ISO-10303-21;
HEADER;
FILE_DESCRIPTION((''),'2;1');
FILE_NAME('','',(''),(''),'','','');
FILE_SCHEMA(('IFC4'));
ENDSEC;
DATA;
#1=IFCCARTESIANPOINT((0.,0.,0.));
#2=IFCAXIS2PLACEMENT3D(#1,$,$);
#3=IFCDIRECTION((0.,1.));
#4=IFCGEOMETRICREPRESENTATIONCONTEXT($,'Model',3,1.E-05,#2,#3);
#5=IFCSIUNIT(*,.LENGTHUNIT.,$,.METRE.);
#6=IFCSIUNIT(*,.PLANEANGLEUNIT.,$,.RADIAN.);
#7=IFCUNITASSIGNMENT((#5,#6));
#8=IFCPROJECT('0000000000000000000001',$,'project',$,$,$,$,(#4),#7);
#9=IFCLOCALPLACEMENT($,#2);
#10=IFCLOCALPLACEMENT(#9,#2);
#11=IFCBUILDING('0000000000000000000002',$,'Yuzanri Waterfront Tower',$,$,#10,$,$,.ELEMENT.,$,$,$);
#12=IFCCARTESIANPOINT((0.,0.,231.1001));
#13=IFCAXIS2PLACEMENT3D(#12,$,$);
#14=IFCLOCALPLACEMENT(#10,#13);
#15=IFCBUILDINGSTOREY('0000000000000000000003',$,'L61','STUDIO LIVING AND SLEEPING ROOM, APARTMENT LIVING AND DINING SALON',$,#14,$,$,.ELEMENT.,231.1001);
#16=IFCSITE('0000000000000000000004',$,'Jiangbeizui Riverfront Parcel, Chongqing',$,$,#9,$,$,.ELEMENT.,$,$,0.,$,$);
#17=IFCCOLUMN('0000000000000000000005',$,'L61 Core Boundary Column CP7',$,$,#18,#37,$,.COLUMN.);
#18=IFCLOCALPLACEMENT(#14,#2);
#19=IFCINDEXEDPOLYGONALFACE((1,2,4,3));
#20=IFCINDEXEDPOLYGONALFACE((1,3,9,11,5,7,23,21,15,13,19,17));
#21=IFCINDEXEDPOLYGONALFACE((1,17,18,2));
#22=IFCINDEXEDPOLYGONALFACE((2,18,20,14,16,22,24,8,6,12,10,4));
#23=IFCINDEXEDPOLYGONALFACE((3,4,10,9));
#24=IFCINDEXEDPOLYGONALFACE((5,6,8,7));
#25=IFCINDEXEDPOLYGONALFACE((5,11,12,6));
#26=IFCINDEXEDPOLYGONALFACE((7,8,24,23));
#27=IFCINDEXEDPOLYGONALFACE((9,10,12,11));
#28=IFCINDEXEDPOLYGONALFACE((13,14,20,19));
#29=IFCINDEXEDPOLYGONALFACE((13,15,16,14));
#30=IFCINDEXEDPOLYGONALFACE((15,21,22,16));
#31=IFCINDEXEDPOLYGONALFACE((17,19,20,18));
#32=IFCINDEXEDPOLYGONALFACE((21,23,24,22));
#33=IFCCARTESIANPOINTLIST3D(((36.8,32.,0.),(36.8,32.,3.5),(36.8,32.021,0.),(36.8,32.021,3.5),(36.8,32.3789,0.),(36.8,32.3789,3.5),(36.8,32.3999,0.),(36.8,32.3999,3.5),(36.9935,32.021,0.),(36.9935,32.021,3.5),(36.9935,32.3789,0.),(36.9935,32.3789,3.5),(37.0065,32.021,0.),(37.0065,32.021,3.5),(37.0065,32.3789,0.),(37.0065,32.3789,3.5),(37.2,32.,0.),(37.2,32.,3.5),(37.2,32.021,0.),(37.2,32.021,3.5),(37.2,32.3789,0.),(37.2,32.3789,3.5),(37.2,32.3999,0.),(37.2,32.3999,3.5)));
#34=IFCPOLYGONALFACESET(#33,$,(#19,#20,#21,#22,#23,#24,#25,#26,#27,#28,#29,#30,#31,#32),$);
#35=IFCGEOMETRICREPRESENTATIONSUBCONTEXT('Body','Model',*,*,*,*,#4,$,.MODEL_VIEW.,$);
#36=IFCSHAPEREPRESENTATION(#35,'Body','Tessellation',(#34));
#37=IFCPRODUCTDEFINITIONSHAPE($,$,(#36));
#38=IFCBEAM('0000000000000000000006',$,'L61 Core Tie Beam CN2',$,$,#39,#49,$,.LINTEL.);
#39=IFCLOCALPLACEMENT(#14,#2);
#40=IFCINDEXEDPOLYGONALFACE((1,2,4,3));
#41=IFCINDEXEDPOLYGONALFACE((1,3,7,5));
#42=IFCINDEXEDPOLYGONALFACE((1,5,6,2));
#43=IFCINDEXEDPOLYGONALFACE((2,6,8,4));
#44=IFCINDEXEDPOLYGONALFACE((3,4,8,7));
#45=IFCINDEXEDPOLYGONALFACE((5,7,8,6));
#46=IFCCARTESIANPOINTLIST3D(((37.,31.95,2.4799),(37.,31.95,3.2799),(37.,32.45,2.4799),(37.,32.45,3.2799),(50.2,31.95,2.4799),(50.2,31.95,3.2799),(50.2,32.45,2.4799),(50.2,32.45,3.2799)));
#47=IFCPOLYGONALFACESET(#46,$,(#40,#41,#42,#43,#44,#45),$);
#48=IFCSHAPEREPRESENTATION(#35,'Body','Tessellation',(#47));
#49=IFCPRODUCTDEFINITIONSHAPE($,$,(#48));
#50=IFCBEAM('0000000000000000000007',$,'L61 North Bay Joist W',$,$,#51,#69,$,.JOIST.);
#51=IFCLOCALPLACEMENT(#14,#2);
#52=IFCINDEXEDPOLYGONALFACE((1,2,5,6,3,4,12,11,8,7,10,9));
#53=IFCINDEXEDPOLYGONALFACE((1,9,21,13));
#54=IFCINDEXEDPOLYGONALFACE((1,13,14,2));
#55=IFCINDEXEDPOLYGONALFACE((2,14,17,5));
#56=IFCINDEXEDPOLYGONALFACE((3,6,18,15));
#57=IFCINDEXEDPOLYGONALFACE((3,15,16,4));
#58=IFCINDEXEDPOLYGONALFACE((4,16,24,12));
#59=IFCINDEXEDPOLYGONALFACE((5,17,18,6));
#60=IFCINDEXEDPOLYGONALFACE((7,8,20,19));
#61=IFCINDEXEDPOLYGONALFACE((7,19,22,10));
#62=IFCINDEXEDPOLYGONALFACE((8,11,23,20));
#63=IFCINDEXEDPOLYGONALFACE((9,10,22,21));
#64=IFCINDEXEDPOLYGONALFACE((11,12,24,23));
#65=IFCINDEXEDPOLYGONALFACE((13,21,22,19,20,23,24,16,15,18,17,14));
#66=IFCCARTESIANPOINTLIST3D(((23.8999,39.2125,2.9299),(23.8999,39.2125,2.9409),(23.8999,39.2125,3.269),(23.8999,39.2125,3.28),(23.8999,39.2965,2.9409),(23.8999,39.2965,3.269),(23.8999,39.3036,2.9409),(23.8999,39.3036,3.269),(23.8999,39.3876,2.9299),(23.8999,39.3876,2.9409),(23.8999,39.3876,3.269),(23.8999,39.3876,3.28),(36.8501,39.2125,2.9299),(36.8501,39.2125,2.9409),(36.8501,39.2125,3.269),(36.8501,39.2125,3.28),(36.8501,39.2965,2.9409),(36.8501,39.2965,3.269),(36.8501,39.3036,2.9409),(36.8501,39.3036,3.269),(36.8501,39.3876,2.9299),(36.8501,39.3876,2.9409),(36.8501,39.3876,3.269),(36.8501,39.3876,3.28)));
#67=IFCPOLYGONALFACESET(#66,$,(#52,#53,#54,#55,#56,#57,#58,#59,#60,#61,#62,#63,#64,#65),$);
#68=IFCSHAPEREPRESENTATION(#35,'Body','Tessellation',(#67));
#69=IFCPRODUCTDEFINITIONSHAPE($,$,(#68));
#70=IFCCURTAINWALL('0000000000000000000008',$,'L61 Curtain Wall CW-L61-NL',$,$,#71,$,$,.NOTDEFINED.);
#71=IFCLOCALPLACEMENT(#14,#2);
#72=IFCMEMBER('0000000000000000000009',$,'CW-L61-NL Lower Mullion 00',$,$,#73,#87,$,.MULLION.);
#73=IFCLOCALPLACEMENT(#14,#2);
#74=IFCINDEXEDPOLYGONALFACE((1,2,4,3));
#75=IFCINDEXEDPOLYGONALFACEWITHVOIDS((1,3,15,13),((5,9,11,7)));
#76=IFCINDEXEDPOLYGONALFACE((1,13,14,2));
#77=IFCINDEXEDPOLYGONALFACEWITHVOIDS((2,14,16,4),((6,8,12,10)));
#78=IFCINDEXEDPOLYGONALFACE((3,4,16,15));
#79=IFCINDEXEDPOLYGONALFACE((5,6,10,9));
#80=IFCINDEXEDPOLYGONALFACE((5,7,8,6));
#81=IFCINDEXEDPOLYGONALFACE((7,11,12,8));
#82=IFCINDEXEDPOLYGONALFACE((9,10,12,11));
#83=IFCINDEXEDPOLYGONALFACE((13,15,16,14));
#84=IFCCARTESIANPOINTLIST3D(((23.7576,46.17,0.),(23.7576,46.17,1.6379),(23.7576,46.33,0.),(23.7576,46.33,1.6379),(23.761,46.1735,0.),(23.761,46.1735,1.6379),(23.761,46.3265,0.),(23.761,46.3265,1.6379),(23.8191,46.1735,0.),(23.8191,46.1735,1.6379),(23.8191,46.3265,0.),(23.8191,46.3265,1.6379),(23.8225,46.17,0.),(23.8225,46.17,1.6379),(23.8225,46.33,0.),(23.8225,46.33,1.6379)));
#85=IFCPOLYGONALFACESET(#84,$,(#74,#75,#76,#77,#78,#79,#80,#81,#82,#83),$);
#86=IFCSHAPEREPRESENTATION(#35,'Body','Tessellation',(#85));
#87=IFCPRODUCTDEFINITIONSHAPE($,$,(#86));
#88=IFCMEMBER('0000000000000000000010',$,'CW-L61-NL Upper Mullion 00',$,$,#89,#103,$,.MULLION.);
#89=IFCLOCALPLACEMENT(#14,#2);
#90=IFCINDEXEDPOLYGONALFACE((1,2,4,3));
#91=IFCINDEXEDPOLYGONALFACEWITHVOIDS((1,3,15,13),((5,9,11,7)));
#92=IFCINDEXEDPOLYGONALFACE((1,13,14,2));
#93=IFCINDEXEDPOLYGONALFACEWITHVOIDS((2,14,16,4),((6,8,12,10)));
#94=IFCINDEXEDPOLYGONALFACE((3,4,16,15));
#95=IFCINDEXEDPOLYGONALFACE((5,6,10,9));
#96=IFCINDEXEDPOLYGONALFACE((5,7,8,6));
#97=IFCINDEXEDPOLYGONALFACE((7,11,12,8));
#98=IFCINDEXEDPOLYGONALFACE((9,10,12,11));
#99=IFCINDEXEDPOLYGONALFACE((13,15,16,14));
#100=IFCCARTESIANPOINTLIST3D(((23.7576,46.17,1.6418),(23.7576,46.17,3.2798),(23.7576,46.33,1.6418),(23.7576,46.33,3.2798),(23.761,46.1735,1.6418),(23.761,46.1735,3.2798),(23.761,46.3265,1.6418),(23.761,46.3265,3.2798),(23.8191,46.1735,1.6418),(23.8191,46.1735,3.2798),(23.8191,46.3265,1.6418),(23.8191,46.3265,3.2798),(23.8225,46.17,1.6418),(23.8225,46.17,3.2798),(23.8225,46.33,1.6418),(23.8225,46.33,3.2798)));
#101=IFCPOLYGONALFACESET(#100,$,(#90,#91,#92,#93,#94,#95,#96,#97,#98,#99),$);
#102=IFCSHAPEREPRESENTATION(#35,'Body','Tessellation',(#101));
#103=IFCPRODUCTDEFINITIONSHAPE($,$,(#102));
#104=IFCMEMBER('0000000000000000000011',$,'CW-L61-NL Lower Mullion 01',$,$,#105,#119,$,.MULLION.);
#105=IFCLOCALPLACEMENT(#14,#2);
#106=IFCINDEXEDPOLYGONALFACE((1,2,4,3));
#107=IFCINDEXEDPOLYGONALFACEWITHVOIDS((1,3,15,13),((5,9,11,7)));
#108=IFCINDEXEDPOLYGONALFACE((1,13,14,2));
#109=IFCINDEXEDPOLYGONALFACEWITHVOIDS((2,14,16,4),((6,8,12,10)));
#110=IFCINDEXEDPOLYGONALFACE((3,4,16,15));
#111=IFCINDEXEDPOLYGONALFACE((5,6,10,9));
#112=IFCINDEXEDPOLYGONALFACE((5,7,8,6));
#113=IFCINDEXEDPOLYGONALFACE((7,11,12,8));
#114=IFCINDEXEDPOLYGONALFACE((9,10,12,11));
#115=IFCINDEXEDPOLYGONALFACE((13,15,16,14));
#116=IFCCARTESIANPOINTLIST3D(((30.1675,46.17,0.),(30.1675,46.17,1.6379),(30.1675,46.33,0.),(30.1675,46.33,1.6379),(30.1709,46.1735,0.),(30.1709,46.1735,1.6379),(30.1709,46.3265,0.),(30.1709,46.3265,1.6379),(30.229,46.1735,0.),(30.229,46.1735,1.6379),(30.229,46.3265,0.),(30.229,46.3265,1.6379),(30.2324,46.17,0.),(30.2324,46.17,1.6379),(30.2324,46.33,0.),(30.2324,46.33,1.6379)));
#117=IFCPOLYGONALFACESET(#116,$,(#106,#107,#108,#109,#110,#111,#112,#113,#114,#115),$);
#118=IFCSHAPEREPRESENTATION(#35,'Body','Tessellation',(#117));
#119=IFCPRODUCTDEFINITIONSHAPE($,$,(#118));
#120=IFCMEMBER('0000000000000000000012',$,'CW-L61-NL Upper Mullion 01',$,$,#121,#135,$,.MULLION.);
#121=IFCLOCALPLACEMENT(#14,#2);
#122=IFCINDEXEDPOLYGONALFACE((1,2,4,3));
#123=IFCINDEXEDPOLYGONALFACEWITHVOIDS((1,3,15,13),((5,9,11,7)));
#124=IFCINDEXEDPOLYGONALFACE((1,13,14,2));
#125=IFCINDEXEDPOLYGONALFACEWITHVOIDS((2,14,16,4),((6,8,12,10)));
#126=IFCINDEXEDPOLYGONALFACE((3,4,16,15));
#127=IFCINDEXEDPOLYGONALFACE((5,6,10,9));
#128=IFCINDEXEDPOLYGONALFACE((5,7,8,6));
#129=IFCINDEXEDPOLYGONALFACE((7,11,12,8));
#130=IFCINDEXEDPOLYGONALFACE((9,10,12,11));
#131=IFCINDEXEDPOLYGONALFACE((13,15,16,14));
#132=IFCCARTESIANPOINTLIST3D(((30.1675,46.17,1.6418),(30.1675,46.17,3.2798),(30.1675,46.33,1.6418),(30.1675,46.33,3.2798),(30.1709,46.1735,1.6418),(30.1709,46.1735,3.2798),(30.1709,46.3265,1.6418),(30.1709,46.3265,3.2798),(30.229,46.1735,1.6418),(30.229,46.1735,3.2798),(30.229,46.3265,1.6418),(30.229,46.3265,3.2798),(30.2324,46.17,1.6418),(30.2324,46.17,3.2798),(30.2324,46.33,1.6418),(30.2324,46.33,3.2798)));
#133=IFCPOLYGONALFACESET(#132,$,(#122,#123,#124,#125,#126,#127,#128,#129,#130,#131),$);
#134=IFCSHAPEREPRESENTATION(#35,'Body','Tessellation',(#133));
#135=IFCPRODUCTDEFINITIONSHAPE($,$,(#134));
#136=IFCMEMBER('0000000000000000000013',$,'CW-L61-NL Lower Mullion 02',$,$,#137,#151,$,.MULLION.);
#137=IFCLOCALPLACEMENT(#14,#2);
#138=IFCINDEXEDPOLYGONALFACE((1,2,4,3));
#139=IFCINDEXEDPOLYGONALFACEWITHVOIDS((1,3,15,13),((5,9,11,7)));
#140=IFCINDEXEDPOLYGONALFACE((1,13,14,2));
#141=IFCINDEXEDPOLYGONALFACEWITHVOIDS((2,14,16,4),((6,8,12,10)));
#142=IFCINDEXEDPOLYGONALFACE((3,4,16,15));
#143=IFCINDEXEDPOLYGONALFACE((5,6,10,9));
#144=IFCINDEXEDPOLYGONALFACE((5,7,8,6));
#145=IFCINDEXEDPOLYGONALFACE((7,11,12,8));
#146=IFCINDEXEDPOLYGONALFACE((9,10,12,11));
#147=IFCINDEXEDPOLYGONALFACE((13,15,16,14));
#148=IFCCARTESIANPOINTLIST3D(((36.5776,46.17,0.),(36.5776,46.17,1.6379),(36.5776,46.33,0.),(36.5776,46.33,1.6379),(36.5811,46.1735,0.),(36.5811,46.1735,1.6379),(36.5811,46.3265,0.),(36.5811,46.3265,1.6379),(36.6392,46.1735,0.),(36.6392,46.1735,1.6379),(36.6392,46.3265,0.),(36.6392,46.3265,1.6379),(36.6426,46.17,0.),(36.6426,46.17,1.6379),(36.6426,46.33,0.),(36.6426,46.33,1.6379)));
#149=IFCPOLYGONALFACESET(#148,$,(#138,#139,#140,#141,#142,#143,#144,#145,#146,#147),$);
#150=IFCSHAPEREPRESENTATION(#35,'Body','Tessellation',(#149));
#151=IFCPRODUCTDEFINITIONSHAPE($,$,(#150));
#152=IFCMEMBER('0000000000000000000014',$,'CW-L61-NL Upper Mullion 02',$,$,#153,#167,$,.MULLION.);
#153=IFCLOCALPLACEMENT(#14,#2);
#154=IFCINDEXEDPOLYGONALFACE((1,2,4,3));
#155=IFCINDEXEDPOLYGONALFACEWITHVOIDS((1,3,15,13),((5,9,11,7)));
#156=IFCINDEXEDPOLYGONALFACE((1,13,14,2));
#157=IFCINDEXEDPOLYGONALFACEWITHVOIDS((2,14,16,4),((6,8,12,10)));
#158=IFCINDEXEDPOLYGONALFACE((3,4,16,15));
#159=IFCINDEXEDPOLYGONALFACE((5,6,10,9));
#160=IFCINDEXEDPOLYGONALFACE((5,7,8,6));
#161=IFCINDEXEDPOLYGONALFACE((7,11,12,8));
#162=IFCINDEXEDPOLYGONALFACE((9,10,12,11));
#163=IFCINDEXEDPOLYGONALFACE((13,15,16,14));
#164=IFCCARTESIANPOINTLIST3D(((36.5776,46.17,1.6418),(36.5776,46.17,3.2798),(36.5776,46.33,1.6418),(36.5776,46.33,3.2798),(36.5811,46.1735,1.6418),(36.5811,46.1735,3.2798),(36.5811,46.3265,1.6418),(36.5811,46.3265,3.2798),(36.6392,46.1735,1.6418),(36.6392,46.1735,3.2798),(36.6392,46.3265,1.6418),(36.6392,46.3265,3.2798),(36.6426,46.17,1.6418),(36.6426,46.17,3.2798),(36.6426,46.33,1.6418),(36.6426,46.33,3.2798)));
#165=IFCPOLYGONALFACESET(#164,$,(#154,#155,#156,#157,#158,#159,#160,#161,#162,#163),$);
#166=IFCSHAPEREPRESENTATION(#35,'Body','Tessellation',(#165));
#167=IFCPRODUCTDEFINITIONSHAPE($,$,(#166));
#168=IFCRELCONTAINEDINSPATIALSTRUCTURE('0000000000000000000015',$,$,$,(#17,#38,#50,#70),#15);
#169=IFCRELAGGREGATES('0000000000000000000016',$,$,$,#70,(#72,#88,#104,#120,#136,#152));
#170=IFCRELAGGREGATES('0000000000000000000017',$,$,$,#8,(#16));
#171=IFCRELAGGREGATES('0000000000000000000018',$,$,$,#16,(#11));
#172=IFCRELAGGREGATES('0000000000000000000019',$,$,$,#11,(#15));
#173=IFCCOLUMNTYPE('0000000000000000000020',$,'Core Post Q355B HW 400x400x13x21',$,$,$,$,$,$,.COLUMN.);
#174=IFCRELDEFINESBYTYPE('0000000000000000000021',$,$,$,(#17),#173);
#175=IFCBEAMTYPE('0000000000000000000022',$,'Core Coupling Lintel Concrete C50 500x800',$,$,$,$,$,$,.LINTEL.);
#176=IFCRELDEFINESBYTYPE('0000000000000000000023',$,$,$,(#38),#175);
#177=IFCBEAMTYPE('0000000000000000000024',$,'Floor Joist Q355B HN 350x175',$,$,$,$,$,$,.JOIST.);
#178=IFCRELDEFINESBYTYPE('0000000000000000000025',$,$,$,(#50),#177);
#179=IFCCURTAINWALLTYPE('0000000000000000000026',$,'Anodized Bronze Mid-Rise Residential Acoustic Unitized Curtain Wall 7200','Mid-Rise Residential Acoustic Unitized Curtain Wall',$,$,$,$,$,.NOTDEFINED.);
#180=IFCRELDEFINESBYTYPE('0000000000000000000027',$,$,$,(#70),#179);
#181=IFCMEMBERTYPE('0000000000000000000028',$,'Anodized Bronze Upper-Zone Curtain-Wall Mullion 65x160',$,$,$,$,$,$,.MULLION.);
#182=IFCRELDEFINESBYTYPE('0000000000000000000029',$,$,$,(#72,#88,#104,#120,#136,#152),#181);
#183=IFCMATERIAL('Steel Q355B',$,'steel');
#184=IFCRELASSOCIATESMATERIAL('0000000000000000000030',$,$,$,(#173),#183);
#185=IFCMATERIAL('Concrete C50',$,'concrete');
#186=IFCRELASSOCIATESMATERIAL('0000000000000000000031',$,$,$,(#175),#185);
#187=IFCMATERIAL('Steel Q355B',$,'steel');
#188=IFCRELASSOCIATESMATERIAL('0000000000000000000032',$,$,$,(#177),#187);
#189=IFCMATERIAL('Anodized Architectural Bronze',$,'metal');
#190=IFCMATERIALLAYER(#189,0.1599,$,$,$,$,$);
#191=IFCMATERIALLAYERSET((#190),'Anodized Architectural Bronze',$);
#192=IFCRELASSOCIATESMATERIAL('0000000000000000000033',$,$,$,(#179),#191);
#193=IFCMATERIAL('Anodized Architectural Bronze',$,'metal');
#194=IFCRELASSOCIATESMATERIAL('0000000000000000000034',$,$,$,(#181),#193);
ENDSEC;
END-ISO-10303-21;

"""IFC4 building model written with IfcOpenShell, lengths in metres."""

from ifc_helpers import new_model, si_unit, direction, frame, origin, origin_2d, place, context, subcontext, project, spatial, rectangle, hollow_rectangle, i_section, extrude, source, transform, mapped, material, layer, layer_set, material_profile, profile_set, type_object, element, aggregate, save


model = new_model("IFC4")

# Units and contexts
model_context = context("Model", 3, precision=1e-05, world=origin(), true_north=direction((0.0, 1.0)))
body_context = subcontext(model_context, "Body", "Model", "MODEL_VIEW")
ifc_project = project(units=[si_unit("LENGTHUNIT", "METRE"), si_unit("PLANEANGLEUNIT", "RADIAN")], contexts=[model_context])

# Site, building, storey
site_placement = place(None, origin())
site = spatial("IfcSite", under=ifc_project, at=site_placement, Name="Jiangbeizui Riverfront Parcel, Chongqing", CompositionType="ELEMENT", RefElevation=0.0)
building_placement = place(site_placement, origin())
building = spatial("IfcBuilding", under=site, at=building_placement, Name="Yuzanri Waterfront Tower", CompositionType="ELEMENT")
storey_placement = place(building_placement, frame((0.0, 0.0, 231.1001)))
storey = spatial("IfcBuildingStorey", under=building, at=storey_placement, Name="L61", Description="STUDIO LIVING AND SLEEPING ROOM, APARTMENT LIVING AND DINING SALON", CompositionType="ELEMENT", Elevation=231.1001)

# Column
ifc_material_1 = material(Name="Steel Q355B", Category="steel")
ifc_material_profile_1 = material_profile(ifc_material_1, i_section(OverallWidth=0.3999, OverallDepth=0.3999, WebThickness=0.0129, FlangeThickness=0.021, at=origin_2d()), Name="HW 400x400x13x21")
ifc_profile_set_1 = profile_set([ifc_material_profile_1], Name="Steel Q355B")
column_type = type_object("IfcColumnType", Name="Core Post Q355B HW 400x400x13x21", PredefinedType="COLUMN", material=ifc_profile_set_1)
shared_shape_1 = source(origin(), body_context, "Body", "SweptSolid", [
    extrude(i_section(OverallWidth=0.3999, OverallDepth=0.3999, WebThickness=0.0129, FlangeThickness=0.021, at=origin_2d()), origin(), (0.0, 0.0, 1.0), 3.5),
])
column_placement = place(storey_placement, frame((37.0, 32.2, 0.0), z_axis=(0.0, 0.0, 1.0), x_axis=(1.0, 0.0, 0.0)))
element("IfcColumn", 1, at=column_placement, inside=storey, type_object=column_type, Name="L61 Core Boundary Column CP7", PredefinedType="COLUMN", context=body_context, shape_type="MappedRepresentation", body=[
    mapped(shared_shape_1, transform((0.0, 0.0, 0.0), scale=1.0)),
])

# Beams
ifc_material_2 = material(Name="Concrete C50", Category="concrete")
ifc_material_profile_2 = material_profile(ifc_material_2, rectangle(XDim=0.5, YDim=0.8, at=origin_2d()), Name="RC 500x800")
ifc_profile_set_2 = profile_set([ifc_material_profile_2], Name="Concrete C50")
beam_type_1 = type_object("IfcBeamType", Name="Core Coupling Lintel Concrete C50 500x800", PredefinedType="LINTEL", material=ifc_profile_set_2)
shared_shape_2 = source(origin(), body_context, "Body", "SweptSolid", [
    extrude(rectangle(XDim=0.5, YDim=0.8, at=origin_2d()), origin(), (0.0, 0.0, 1.0), 13.2),
])
beam_1_placement = place(storey_placement, frame((37.0, 32.2, 2.8799), z_axis=(1.0, 0.0, 0.0), x_axis=(0.0, 1.0, 0.0)))
element("IfcBeam", 2, at=beam_1_placement, inside=storey, type_object=beam_type_1, Name="L61 Core Tie Beam CN2", PredefinedType="LINTEL", context=body_context, shape_type="MappedRepresentation", body=[
    mapped(shared_shape_2, transform((0.0, 0.0, 0.0), scale=1.0)),
])
ifc_material_3 = material(Name="Steel Q355B", Category="steel")
ifc_material_profile_3 = material_profile(ifc_material_3, i_section(OverallWidth=0.175, OverallDepth=0.3501, WebThickness=0.0071, FlangeThickness=0.011, at=origin_2d()), Name="HN 350x175x7x11")
ifc_profile_set_3 = profile_set([ifc_material_profile_3], Name="Steel Q355B")
beam_type_2 = type_object("IfcBeamType", Name="Floor Joist Q355B HN 350x175", PredefinedType="JOIST", material=ifc_profile_set_3)
shared_shape_3 = source(origin(), body_context, "Body", "SweptSolid", [
    extrude(i_section(OverallWidth=0.175, OverallDepth=0.3501, WebThickness=0.0071, FlangeThickness=0.011, at=origin_2d()), origin(), (0.0, 0.0, 1.0), 12.9502),
])
beam_2_placement = place(storey_placement, frame((23.8999, 39.3, 3.105), z_axis=(1.0, 0.0, 0.0), x_axis=(0.0, 1.0, 0.0)))
element("IfcBeam", 3, at=beam_2_placement, inside=storey, type_object=beam_type_2, Name="L61 North Bay Joist W", PredefinedType="JOIST", context=body_context, shape_type="MappedRepresentation", body=[
    mapped(shared_shape_3, transform((0.0, 0.0, 0.0), scale=1.0)),
])

# Curtain wall, members
ifc_material_4 = material(Name="Anodized Architectural Bronze", Category="metal")
ifc_layer_1 = layer(ifc_material_4, 0.1599)
ifc_layer_set_1 = layer_set([ifc_layer_1], Name="Anodized Architectural Bronze")
curtain_wall_type = type_object("IfcCurtainWallType", Name="Anodized Bronze Mid-Rise Residential Acoustic Unitized Curtain Wall 7200", Description="Mid-Rise Residential Acoustic Unitized Curtain Wall", PredefinedType="NOTDEFINED", material=ifc_layer_set_1)
curtain_wall_placement = place(storey_placement, origin())
curtain_wall = element("IfcCurtainWall", 4, at=curtain_wall_placement, inside=storey, type_object=curtain_wall_type, Name="L61 Curtain Wall CW-L61-NL", PredefinedType="NOTDEFINED")
ifc_material_5 = material(Name="Anodized Architectural Bronze", Category="metal")
ifc_material_profile_4 = material_profile(ifc_material_5, hollow_rectangle(XDim=0.0649, YDim=0.1599, WallThickness=0.0034, at=origin_2d()), Name="CWM 65x160")
ifc_profile_set_4 = profile_set([ifc_material_profile_4], Name="Anodized Architectural Bronze")
member_type_1 = type_object("IfcMemberType", Name="Anodized Bronze Upper-Zone Curtain-Wall Mullion 65x160", PredefinedType="MULLION", material=ifc_profile_set_4)
shared_shape_4 = source(origin(), body_context, "Body", "SweptSolid", [
    extrude(hollow_rectangle(XDim=0.0649, YDim=0.1599, WallThickness=0.0034, at=origin_2d()), origin(), (0.0, 0.0, 1.0), 1.6379),
])
member_1_placement = place(storey_placement, frame((23.79, 46.25, 0.0), z_axis=(0.0, 0.0, 1.0), x_axis=(1.0, 0.0, 0.0)))
member_1 = element("IfcMember", 5, at=member_1_placement, type_object=member_type_1, Name="CW-L61-NL Lower Mullion 00", PredefinedType="MULLION", context=body_context, shape_type="MappedRepresentation", body=[
    mapped(shared_shape_4, transform((0.0, 0.0, 0.0), scale=1.0)),
])
member_2_placement = place(storey_placement, frame((23.79, 46.25, 1.6418), z_axis=(0.0, 0.0, 1.0), x_axis=(1.0, 0.0, 0.0)))
member_2 = element("IfcMember", 6, at=member_2_placement, type_object=member_type_1, Name="CW-L61-NL Upper Mullion 00", PredefinedType="MULLION", context=body_context, shape_type="MappedRepresentation", body=[
    mapped(shared_shape_4, transform((0.0, 0.0, 0.0), scale=1.0)),
])
member_3_placement = place(storey_placement, frame((30.2, 46.25, 0.0), z_axis=(0.0, 0.0, 1.0), x_axis=(1.0, 0.0, 0.0)))
member_3 = element("IfcMember", 7, at=member_3_placement, type_object=member_type_1, Name="CW-L61-NL Lower Mullion 01", PredefinedType="MULLION", context=body_context, shape_type="MappedRepresentation", body=[
    mapped(shared_shape_4, transform((0.0, 0.0, 0.0), scale=1.0)),
])
member_4_placement = place(storey_placement, frame((30.2, 46.25, 1.6418), z_axis=(0.0, 0.0, 1.0), x_axis=(1.0, 0.0, 0.0)))
member_4 = element("IfcMember", 8, at=member_4_placement, type_object=member_type_1, Name="CW-L61-NL Upper Mullion 01", PredefinedType="MULLION", context=body_context, shape_type="MappedRepresentation", body=[
    mapped(shared_shape_4, transform((0.0, 0.0, 0.0), scale=1.0)),
])
member_5_placement = place(storey_placement, frame((36.6101, 46.25, 0.0), z_axis=(0.0, 0.0, 1.0), x_axis=(1.0, 0.0, 0.0)))
member_5 = element("IfcMember", 9, at=member_5_placement, type_object=member_type_1, Name="CW-L61-NL Lower Mullion 02", PredefinedType="MULLION", context=body_context, shape_type="MappedRepresentation", body=[
    mapped(shared_shape_4, transform((0.0, 0.0, 0.0), scale=1.0)),
])
member_6_placement = place(storey_placement, frame((36.6101, 46.25, 1.6418), z_axis=(0.0, 0.0, 1.0), x_axis=(1.0, 0.0, 0.0)))
member_6 = element("IfcMember", 10, at=member_6_placement, type_object=member_type_1, Name="CW-L61-NL Upper Mullion 02", PredefinedType="MULLION", context=body_context, shape_type="MappedRepresentation", body=[
    mapped(shared_shape_4, transform((0.0, 0.0, 0.0), scale=1.0)),
])

aggregate(curtain_wall, [member_1, member_2, member_3, member_4, member_5, member_6])

save(model, "model.ifc")
